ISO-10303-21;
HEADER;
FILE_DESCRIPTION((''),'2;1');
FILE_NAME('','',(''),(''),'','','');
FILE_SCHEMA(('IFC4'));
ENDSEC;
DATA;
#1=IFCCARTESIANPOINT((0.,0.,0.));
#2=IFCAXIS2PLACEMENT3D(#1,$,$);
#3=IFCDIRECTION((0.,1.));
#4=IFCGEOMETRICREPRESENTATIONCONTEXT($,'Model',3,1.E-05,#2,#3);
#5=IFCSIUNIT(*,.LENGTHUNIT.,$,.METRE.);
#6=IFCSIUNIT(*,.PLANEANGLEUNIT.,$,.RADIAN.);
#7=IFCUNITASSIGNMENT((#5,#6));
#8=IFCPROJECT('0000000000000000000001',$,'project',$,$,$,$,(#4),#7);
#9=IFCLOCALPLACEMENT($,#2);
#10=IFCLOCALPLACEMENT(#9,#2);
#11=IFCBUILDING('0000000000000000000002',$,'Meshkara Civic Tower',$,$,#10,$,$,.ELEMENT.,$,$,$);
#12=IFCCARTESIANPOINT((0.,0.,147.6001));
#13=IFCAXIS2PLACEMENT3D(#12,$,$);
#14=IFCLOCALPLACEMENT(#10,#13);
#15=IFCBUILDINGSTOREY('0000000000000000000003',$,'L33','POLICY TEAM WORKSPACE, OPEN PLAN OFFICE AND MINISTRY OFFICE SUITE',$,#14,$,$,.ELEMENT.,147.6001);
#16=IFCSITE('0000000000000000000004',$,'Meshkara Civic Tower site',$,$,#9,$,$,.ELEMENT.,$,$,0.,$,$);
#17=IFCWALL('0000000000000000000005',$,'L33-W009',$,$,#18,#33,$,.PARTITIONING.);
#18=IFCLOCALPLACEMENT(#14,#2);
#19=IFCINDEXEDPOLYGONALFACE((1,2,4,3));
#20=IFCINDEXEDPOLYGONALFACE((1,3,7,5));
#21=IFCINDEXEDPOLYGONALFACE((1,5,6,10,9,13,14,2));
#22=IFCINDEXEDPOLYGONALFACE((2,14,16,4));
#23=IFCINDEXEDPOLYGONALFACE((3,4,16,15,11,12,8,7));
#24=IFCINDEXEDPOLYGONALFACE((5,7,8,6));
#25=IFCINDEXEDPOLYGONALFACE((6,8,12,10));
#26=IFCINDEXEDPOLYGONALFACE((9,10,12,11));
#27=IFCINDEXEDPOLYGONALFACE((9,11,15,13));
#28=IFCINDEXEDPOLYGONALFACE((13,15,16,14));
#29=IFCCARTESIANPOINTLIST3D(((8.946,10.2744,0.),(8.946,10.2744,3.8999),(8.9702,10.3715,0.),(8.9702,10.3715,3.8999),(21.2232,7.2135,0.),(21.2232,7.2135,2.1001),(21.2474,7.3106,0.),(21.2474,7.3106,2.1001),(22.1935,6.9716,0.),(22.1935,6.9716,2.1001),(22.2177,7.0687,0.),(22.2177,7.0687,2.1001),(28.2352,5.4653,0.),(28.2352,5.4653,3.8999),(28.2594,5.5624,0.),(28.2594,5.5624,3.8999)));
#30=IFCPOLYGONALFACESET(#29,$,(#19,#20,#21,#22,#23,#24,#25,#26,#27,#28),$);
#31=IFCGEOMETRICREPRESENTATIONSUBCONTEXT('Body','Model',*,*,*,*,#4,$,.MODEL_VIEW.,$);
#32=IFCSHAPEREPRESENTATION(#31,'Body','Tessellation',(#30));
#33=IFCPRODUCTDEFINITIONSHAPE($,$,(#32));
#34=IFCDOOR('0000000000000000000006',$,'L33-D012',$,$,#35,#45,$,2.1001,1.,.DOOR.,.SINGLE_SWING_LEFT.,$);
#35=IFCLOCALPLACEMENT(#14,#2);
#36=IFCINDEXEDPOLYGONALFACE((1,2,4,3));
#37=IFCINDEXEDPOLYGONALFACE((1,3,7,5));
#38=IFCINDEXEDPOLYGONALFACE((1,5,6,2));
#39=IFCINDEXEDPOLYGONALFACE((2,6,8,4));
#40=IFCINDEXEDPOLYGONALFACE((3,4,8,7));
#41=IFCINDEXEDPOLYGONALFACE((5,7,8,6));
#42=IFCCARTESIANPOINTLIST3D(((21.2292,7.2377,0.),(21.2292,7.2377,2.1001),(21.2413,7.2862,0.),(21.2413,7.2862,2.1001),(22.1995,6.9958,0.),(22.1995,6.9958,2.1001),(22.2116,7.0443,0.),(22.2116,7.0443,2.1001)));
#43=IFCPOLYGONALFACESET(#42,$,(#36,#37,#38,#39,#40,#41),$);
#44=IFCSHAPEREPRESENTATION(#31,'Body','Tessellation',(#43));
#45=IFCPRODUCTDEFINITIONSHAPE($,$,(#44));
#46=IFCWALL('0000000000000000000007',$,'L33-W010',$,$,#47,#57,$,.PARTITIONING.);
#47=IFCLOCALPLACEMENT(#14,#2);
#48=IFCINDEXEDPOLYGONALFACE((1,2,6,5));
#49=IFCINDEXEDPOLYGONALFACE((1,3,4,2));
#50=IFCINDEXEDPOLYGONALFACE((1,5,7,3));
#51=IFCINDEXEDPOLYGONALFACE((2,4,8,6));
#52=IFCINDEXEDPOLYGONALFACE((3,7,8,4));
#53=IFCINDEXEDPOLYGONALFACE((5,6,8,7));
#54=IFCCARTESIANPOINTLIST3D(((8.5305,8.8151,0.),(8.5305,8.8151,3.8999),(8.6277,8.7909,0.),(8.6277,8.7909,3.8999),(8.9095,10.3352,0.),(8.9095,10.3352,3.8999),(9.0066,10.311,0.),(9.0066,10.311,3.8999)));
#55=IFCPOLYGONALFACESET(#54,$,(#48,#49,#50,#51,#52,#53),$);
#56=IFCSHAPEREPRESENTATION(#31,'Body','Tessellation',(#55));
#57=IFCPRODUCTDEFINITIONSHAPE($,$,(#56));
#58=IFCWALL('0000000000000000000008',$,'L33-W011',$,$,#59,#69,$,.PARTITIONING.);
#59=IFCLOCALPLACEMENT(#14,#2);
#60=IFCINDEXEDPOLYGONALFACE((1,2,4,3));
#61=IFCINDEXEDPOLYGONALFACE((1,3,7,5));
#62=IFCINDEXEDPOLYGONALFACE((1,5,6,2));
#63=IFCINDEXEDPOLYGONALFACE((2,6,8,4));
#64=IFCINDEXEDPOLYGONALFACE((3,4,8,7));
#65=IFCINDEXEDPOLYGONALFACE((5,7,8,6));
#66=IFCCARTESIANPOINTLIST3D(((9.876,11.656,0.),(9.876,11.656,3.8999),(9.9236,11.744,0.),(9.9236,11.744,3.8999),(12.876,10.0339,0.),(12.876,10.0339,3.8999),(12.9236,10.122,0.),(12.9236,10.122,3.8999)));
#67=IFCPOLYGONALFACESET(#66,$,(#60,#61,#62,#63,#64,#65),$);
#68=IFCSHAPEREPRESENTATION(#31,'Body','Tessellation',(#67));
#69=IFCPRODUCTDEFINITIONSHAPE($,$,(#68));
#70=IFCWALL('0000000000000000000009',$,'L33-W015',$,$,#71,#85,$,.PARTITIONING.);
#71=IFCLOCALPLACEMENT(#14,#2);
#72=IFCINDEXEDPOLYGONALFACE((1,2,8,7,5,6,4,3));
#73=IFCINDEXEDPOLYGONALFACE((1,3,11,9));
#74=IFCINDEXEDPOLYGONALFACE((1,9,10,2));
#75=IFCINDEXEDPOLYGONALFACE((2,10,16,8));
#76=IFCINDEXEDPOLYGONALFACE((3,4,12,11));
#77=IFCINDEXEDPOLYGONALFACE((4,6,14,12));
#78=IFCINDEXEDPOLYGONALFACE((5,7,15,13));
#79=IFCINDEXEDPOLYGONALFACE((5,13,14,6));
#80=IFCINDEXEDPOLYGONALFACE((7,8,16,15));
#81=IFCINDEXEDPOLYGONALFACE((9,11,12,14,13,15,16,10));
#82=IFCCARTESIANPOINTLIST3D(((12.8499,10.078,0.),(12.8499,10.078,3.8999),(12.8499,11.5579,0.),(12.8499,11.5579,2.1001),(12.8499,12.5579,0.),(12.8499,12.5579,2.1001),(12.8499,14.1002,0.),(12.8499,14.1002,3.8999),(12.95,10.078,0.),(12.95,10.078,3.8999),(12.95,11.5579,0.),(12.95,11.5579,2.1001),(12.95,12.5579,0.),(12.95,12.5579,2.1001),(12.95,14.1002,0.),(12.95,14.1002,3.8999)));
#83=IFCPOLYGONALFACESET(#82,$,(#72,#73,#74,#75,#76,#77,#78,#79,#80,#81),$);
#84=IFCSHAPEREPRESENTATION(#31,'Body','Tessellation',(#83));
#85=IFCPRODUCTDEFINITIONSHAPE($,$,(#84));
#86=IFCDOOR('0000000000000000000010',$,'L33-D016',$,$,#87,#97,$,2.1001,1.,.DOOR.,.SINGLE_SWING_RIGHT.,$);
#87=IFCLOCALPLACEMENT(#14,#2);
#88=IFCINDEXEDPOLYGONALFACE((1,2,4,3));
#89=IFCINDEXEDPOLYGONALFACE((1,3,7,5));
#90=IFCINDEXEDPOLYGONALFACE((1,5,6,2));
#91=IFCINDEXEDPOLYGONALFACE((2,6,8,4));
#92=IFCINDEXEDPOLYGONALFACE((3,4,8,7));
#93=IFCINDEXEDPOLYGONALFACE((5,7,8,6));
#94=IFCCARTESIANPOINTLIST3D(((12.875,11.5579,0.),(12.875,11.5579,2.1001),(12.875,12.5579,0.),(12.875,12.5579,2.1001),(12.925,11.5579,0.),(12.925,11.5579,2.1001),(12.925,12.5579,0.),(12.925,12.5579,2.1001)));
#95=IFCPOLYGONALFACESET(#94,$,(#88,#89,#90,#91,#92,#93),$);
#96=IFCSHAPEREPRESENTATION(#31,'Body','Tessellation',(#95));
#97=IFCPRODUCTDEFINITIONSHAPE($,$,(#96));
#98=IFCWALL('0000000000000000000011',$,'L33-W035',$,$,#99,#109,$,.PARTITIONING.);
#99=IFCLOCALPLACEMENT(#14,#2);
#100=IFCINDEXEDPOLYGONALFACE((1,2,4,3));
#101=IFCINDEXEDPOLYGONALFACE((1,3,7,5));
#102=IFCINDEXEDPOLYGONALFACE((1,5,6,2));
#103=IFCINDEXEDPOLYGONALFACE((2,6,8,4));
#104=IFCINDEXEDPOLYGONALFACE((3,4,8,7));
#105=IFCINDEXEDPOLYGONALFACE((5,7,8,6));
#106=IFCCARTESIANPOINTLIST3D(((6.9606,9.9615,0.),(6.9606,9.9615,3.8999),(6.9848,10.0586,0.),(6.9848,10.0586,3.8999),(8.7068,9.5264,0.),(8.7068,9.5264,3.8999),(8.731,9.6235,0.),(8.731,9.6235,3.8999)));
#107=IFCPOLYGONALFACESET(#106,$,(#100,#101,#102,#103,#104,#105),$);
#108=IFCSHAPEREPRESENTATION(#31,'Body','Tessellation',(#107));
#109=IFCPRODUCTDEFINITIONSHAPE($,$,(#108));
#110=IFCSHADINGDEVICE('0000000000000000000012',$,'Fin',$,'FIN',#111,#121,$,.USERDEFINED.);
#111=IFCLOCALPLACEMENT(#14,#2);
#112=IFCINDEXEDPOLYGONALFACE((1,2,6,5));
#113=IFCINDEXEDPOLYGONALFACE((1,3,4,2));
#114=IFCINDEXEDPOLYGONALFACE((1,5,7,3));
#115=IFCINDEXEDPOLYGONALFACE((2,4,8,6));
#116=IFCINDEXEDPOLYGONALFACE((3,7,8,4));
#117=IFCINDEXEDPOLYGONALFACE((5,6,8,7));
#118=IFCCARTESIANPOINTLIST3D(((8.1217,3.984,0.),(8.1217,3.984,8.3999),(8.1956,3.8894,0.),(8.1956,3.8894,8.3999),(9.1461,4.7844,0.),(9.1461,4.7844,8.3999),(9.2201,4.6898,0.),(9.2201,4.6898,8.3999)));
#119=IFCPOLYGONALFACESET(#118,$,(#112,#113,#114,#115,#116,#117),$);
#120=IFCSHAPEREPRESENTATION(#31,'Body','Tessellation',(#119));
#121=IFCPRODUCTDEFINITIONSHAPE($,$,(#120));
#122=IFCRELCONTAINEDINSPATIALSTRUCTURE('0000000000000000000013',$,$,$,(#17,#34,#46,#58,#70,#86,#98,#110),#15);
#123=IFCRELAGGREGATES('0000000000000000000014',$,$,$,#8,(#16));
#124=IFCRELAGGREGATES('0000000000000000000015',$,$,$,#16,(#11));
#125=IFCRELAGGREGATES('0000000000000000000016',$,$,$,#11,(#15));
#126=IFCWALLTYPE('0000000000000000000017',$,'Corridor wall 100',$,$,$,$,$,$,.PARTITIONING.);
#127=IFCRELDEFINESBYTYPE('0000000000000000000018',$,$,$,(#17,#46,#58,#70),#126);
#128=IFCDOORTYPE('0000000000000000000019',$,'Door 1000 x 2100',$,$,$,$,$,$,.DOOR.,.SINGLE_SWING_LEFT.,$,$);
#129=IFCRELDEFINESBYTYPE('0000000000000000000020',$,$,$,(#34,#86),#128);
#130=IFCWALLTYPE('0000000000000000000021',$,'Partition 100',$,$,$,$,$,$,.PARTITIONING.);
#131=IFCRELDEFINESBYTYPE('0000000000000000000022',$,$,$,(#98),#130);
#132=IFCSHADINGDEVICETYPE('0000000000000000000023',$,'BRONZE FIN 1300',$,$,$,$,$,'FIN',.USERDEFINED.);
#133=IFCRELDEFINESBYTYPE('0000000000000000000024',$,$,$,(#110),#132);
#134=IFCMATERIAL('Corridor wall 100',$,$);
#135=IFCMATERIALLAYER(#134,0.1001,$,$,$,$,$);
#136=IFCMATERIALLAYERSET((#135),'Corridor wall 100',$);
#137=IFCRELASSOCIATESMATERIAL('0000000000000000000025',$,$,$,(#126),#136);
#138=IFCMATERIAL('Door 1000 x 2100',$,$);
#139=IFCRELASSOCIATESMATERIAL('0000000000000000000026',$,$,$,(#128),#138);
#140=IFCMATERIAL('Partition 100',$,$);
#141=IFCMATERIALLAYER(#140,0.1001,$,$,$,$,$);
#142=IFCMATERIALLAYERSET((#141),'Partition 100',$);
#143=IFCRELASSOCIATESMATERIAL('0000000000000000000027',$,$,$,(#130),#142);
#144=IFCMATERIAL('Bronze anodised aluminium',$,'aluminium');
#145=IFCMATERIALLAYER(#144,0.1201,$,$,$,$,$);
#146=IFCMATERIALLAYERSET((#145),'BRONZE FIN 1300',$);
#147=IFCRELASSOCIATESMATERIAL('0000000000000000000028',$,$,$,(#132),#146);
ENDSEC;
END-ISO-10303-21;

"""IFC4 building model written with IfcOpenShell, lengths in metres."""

from ifc_helpers import new_model, si_unit, direction, frame, frame_2d, origin, origin_2d, place, context, subcontext, project, spatial, rectangle, extrude, material, layer, layer_set, type_object, element, fill, save


model = new_model("IFC4")

# Units and contexts
model_context = context("Model", 3, precision=1e-05, world=origin(), true_north=direction((0.0, 1.0)))
body_context = subcontext(model_context, "Body", "Model", "MODEL_VIEW")
ifc_project = project(units=[si_unit("LENGTHUNIT", "METRE"), si_unit("PLANEANGLEUNIT", "RADIAN")], contexts=[model_context])

# Site, building, storey
site_placement = place(None, origin())
site = spatial("IfcSite", under=ifc_project, at=site_placement, Name="Meshkara Civic Tower site", CompositionType="ELEMENT", RefElevation=0.0)
building_placement = place(site_placement, origin())
building = spatial("IfcBuilding", under=site, at=building_placement, Name="Meshkara Civic Tower", CompositionType="ELEMENT")
storey_placement = place(building_placement, frame((0.0, 0.0, 147.6001)))
storey = spatial("IfcBuildingStorey", under=building, at=storey_placement, Name="L33", Description="POLICY TEAM WORKSPACE, OPEN PLAN OFFICE AND MINISTRY OFFICE SUITE", CompositionType="ELEMENT", Elevation=147.6001)

# Shared definitions
ifc_material_1 = material(Name="Corridor wall 100")
ifc_layer_1 = layer(ifc_material_1, 0.1001)
ifc_layer_set_1 = layer_set([ifc_layer_1], Name="Corridor wall 100")
wall_type_1 = type_object("IfcWallType", Name="Corridor wall 100", PredefinedType="PARTITIONING", material=ifc_layer_set_1)
ifc_material_2 = material(Name="Door 1000 x 2100")
door_type_1 = type_object("IfcDoorType", Name="Door 1000 x 2100", OperationType="SINGLE_SWING_LEFT", PredefinedType="DOOR", material=ifc_material_2)

# Wall, opening, door
wall_1_placement = place(storey_placement, frame((8.958, 10.323, 0.0), z_axis=(0.0, 0.0, 1.0), x_axis=(0.970298, -0.241911, 0.0)))
wall_1 = element("IfcWall", 1, at=wall_1_placement, inside=storey, type_object=wall_type_1, Name="L33-W009", PredefinedType="PARTITIONING", context=body_context, shape_type="SweptSolid", body=[
    extrude(rectangle(XDim=19.8796, YDim=0.1001, at=frame_2d((9.9399, 0.0))), origin(), (0.0, 0.0, 1.0), 3.8999),
])
opening_1_placement = place(wall_1_placement, frame((12.6531, 0.0, 0.0)))
opening_1 = element("IfcOpeningElement", 2, at=opening_1_placement, cuts=wall_1, PredefinedType="OPENING", context=body_context, shape_type="SweptSolid", body=[
    extrude(rectangle(XDim=1.0, YDim=2.1001, at=frame_2d((0.5, 1.05))), frame((0.0, 0.0601, 0.0), z_axis=(0.0, -1.0, 0.0), x_axis=(1.0, 0.0, 0.0)), (0.0, 0.0, 1.0), 0.1201),
])
door_1_placement = place(opening_1_placement, origin())
door_1 = element("IfcDoor", 3, at=door_1_placement, inside=storey, type_object=door_type_1, Name="L33-D012", OperationType="SINGLE_SWING_LEFT", OverallHeight=2.1001, OverallWidth=1.0, PredefinedType="DOOR", context=body_context, shape_type="SweptSolid", body=[
    extrude(rectangle(XDim=1.0, YDim=2.1001, at=frame_2d((0.5, 1.05))), frame((0.0, 0.0249, 0.0), z_axis=(0.0, -1.0, 0.0), x_axis=(1.0, 0.0, 0.0)), (0.0, 0.0, 1.0), 0.05),
])
fill(opening_1, door_1)

# Walls
wall_2_placement = place(storey_placement, frame((8.958, 10.323, 0.0), z_axis=(0.0, 0.0, 1.0), x_axis=(-0.241876, -0.970307, 0.0)))
element("IfcWall", 4, at=wall_2_placement, inside=storey, type_object=wall_type_1, Name="L33-W010", PredefinedType="PARTITIONING", context=body_context, shape_type="SweptSolid", body=[
    extrude(rectangle(XDim=1.5667, YDim=0.1001, at=frame_2d((0.7832, 0.0))), origin(), (0.0, 0.0, 1.0), 3.8999),
])
wall_3_placement = place(storey_placement, frame((9.8999, 11.7, 0.0), z_axis=(0.0, 0.0, 1.0), x_axis=(0.879651, -0.475619, 0.0)))
element("IfcWall", 5, at=wall_3_placement, inside=storey, type_object=wall_type_1, Name="L33-W011", PredefinedType="PARTITIONING", context=body_context, shape_type="SweptSolid", body=[
    extrude(rectangle(XDim=3.4104, YDim=0.1001, at=frame_2d((1.7051, 0.0))), origin(), (0.0, 0.0, 1.0), 3.8999),
])

# Wall, opening, door
wall_4_placement = place(storey_placement, frame((12.8999, 10.0779, 0.0), z_axis=(0.0, 0.0, 1.0), x_axis=(0.0, 1.0, 0.0)))
wall_4 = element("IfcWall", 6, at=wall_4_placement, inside=storey, type_object=wall_type_1, Name="L33-W015", PredefinedType="PARTITIONING", context=body_context, shape_type="SweptSolid", body=[
    extrude(rectangle(XDim=4.0222, YDim=0.1001, at=frame_2d((2.0112, 0.0))), origin(), (0.0, 0.0, 1.0), 3.8999),
])
opening_2_placement = place(wall_4_placement, frame((1.48, 0.0, 0.0)))
opening_2 = element("IfcOpeningElement", 7, at=opening_2_placement, cuts=wall_4, PredefinedType="OPENING", context=body_context, shape_type="SweptSolid", body=[
    extrude(rectangle(XDim=1.0, YDim=2.1001, at=frame_2d((0.5, 1.05))), frame((0.0, 0.0601, 0.0), z_axis=(0.0, -1.0, 0.0), x_axis=(1.0, 0.0, 0.0)), (0.0, 0.0, 1.0), 0.1201),
])
door_2_placement = place(opening_2_placement, origin())
door_2 = element("IfcDoor", 8, at=door_2_placement, inside=storey, type_object=door_type_1, Name="L33-D016", OperationType="SINGLE_SWING_RIGHT", OverallHeight=2.1001, OverallWidth=1.0, PredefinedType="DOOR", context=body_context, shape_type="SweptSolid", body=[
    extrude(rectangle(XDim=1.0, YDim=2.1001, at=frame_2d((0.5, 1.05))), frame((0.0, 0.0249, 0.0), z_axis=(0.0, -1.0, 0.0), x_axis=(1.0, 0.0, 0.0)), (0.0, 0.0, 1.0), 0.05),
])
fill(opening_2, door_2)

# Wall
ifc_material_3 = material(Name="Partition 100")
ifc_layer_2 = layer(ifc_material_3, 0.1001)
ifc_layer_set_2 = layer_set([ifc_layer_2], Name="Partition 100")
wall_type_2 = type_object("IfcWallType", Name="Partition 100", PredefinedType="PARTITIONING", material=ifc_layer_set_2)
wall_5_placement = place(storey_placement, frame((8.719, 9.575, 0.0), z_axis=(0.0, 0.0, 1.0), x_axis=(-0.970334, 0.241769, 0.0)))
element("IfcWall", 9, at=wall_5_placement, inside=storey, type_object=wall_type_2, Name="L33-W035", PredefinedType="PARTITIONING", context=body_context, shape_type="SweptSolid", body=[
    extrude(rectangle(XDim=1.7996, YDim=0.1001, at=frame_2d((0.8999, 0.0))), origin(), (0.0, 0.0, 1.0), 3.8999),
])

# Shading device
ifc_material_4 = material(Name="Bronze anodised aluminium", Category="aluminium")
ifc_layer_3 = layer(ifc_material_4, 0.1201)
ifc_layer_set_3 = layer_set([ifc_layer_3], Name="BRONZE FIN 1300")
shading_device_type = type_object("IfcShadingDeviceType", Name="BRONZE FIN 1300", ElementType="FIN", PredefinedType="USERDEFINED", material=ifc_layer_set_3)
shading_device_placement = place(storey_placement, frame((8.6709, 4.3369, 0.0), z_axis=(0.0, 0.0, 1.0), x_axis=(0.615661, -0.788011, 0.0)))
element("IfcShadingDevice", 10, at=shading_device_placement, inside=storey, type_object=shading_device_type, Name="Fin", ObjectType="FIN", PredefinedType="USERDEFINED", context=body_context, shape_type="SweptSolid", body=[
    extrude(rectangle(XDim=0.1201, YDim=1.3, at=origin_2d()), origin(), (0.0, 0.0, 1.0), 8.3999),
])

save(model, "model.ifc")
